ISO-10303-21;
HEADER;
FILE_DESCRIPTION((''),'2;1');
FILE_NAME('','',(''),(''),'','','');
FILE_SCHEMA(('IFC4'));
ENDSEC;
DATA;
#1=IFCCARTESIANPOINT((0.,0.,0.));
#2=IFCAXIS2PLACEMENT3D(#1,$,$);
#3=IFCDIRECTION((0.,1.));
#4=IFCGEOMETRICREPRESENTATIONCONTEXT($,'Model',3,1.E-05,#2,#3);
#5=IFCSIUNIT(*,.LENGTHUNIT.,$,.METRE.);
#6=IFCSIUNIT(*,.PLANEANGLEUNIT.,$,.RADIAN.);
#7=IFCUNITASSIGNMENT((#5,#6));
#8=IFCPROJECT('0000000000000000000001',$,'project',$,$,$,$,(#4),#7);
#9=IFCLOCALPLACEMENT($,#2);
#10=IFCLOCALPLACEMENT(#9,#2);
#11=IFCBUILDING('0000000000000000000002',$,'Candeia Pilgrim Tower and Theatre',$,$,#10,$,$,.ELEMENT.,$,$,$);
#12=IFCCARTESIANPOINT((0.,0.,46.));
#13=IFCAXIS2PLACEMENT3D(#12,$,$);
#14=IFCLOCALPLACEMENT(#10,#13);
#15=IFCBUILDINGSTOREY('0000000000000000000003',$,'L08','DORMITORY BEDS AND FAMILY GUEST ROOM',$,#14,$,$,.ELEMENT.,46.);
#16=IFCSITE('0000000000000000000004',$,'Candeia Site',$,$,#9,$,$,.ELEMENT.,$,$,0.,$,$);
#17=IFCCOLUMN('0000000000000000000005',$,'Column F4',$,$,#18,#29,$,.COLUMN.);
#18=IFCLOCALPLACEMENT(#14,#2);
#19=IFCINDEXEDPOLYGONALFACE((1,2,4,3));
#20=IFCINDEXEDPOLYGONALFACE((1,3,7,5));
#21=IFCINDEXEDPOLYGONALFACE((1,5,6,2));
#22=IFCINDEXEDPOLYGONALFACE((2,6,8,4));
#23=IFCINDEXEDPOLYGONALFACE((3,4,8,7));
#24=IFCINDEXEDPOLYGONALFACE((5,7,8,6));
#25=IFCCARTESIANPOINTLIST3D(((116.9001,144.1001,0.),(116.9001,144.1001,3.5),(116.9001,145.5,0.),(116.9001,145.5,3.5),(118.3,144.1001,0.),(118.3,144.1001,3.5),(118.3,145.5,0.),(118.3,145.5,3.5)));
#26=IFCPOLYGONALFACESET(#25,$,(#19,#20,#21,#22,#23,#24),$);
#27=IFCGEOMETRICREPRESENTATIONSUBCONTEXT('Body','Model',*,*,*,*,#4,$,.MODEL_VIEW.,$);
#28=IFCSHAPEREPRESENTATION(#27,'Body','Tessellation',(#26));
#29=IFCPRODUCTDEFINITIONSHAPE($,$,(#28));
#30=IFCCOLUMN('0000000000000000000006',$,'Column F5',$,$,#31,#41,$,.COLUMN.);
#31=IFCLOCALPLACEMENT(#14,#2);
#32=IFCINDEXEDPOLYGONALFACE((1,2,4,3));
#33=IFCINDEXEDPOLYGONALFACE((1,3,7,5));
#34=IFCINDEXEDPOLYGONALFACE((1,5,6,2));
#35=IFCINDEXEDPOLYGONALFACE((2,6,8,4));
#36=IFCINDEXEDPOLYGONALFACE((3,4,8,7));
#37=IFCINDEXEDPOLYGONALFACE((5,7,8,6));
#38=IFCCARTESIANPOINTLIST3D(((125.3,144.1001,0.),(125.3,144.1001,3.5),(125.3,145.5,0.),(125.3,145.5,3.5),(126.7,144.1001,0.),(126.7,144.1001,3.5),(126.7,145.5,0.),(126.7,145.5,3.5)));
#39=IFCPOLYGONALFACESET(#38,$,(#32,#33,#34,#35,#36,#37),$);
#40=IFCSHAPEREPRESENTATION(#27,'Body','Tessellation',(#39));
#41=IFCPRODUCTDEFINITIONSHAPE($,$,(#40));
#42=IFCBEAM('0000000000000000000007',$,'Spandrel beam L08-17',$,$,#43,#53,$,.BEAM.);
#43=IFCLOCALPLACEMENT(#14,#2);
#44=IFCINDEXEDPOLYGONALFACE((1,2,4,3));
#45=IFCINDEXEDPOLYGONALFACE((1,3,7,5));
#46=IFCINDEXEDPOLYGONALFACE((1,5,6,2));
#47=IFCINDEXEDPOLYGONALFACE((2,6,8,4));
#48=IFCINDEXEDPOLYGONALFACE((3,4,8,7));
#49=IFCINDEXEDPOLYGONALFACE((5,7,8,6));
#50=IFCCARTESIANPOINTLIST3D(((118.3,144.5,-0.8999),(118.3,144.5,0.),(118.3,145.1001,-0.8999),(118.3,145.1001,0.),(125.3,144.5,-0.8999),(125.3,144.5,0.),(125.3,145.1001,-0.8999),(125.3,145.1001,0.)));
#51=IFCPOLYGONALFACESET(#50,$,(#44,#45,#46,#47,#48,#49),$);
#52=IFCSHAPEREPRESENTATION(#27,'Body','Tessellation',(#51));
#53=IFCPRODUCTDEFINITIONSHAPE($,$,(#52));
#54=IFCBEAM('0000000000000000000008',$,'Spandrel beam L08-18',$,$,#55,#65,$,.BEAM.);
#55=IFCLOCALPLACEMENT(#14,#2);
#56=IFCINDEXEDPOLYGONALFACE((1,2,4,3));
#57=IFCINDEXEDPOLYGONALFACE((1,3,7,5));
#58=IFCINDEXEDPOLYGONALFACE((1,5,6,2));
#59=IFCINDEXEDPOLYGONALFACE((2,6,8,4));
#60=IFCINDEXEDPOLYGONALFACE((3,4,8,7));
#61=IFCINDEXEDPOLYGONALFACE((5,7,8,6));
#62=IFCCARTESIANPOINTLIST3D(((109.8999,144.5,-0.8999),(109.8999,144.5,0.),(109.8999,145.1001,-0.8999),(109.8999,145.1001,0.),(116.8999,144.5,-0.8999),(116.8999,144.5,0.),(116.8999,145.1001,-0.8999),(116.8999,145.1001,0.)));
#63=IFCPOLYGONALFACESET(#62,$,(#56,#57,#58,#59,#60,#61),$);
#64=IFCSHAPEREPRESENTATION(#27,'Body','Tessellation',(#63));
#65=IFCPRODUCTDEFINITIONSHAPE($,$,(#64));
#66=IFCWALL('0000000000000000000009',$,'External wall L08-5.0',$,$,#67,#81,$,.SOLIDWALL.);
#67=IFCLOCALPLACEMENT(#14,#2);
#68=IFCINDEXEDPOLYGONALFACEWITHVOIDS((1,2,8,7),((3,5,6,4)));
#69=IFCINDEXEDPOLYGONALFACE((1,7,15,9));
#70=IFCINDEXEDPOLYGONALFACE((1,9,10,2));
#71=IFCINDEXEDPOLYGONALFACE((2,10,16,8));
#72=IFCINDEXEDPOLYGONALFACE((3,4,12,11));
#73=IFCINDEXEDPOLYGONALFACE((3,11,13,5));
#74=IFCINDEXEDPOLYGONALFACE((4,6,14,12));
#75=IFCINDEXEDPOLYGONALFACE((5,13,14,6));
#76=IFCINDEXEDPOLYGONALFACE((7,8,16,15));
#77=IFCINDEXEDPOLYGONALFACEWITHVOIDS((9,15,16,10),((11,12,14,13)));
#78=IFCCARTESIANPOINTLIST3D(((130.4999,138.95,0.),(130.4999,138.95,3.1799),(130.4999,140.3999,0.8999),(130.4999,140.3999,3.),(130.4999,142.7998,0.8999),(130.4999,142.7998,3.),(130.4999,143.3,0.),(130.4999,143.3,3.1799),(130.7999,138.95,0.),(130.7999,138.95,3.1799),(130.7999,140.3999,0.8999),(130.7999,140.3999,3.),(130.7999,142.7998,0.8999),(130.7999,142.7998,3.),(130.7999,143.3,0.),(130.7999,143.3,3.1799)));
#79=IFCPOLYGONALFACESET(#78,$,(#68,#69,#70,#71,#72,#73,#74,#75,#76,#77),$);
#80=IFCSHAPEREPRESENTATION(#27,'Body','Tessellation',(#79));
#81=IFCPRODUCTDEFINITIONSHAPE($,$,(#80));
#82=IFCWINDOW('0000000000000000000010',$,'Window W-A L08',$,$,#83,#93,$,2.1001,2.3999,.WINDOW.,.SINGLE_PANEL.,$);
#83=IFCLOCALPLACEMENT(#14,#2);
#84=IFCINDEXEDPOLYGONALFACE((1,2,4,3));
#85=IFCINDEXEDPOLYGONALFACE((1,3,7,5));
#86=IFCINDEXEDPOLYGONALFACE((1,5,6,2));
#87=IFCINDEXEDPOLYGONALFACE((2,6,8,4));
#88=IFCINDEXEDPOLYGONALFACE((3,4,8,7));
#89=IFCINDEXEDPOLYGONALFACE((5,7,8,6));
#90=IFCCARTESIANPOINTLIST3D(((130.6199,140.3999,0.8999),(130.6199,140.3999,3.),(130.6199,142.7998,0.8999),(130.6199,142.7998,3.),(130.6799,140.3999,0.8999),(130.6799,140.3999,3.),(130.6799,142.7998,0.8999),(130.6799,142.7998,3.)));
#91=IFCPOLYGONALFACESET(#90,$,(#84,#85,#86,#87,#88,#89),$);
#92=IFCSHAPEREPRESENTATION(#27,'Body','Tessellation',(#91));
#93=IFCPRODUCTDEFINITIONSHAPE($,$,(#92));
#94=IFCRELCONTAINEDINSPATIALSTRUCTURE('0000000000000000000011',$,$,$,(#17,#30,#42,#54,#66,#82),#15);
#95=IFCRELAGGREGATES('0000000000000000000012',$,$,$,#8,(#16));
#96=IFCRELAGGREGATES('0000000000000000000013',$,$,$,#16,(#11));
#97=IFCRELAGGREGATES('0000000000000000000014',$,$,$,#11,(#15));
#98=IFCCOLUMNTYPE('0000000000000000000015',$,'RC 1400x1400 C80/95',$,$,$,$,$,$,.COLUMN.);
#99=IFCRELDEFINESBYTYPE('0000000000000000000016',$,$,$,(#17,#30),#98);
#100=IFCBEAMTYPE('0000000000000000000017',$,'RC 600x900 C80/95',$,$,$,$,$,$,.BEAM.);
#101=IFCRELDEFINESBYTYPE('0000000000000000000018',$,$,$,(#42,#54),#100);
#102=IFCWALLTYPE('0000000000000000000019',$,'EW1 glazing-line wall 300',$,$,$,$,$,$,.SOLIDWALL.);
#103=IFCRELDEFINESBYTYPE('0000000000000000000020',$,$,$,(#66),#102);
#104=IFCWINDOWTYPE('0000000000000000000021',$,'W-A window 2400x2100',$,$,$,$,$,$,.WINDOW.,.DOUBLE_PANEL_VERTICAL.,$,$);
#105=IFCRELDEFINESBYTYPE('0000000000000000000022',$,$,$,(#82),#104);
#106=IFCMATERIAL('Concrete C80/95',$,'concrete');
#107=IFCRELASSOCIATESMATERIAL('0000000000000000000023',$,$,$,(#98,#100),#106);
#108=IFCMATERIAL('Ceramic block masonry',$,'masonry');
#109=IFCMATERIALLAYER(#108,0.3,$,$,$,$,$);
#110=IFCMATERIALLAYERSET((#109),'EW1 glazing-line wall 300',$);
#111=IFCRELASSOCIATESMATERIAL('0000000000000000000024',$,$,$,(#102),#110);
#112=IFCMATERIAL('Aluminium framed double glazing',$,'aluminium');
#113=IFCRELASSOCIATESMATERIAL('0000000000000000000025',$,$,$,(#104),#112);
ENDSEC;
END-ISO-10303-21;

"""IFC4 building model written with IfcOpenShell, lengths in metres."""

from ifc_helpers import new_model, si_unit, direction, frame, frame_2d, origin, origin_2d, place, context, subcontext, project, spatial, rectangle, extrude, material, layer, layer_set, material_profile, profile_set, type_object, element, fill, save


model = new_model("IFC4")

# Units and contexts
model_context = context("Model", 3, precision=1e-05, world=origin(), true_north=direction((0.0, 1.0)))
body_context = subcontext(model_context, "Body", "Model", "MODEL_VIEW")
ifc_project = project(units=[si_unit("LENGTHUNIT", "METRE"), si_unit("PLANEANGLEUNIT", "RADIAN")], contexts=[model_context])

# Site, building, storey
site_placement = place(None, origin())
site = spatial("IfcSite", under=ifc_project, at=site_placement, Name="Candeia Site", CompositionType="ELEMENT", RefElevation=0.0)
building_placement = place(site_placement, origin())
building = spatial("IfcBuilding", under=site, at=building_placement, Name="Candeia Pilgrim Tower and Theatre", CompositionType="ELEMENT")
storey_placement = place(building_placement, frame((0.0, 0.0, 46.0)))
storey = spatial("IfcBuildingStorey", under=building, at=storey_placement, Name="L08", Description="DORMITORY BEDS AND FAMILY GUEST ROOM", CompositionType="ELEMENT", Elevation=46.0)

# Columns
ifc_material_1 = material(Name="Concrete C80/95", Category="concrete")
ifc_material_profile_1 = material_profile(ifc_material_1, rectangle(XDim=1.3999, YDim=1.3999, at=origin_2d()))
ifc_profile_set_1 = profile_set([ifc_material_profile_1], Name="Concrete C80/95")
column_type = type_object("IfcColumnType", Name="RC 1400x1400 C80/95", PredefinedType="COLUMN", material=ifc_profile_set_1)
for number, where, z_axis, x_axis, name in (
    (1, (117.6001, 144.8, 0.0), (0.0, 0.0, 1.0), (1.0, 0.0, 0.0), "Column F4"),
    (2, (126.0, 144.8, 0.0), (0.0, 0.0, 1.0), (1.0, 0.0, 0.0), "Column F5"),
):
    element("IfcColumn", number, at=place(storey_placement, frame(where, z_axis=z_axis, x_axis=x_axis)), inside=storey, type_object=column_type, Name=name, PredefinedType="COLUMN", context=body_context, shape_type="SweptSolid", body=[
        extrude(rectangle(XDim=1.3999, YDim=1.3999, at=origin_2d()), origin(), (0.0, 0.0, 1.0), 3.5),
    ])

# Beams
ifc_material_profile_2 = material_profile(ifc_material_1, rectangle(XDim=0.6001, YDim=0.8999, at=origin_2d()))
ifc_profile_set_2 = profile_set([ifc_material_profile_2], Name="Concrete C80/95")
beam_type = type_object("IfcBeamType", Name="RC 600x900 C80/95", PredefinedType="BEAM", material=ifc_profile_set_2)
for number, where, z_axis, x_axis, name in (
    (3, (125.3, 144.8, -0.45), (-1.0, 0.0, 0.0), (0.0, -1.0, 0.0), "Spandrel beam L08-17"),
    (4, (116.8999, 144.8, -0.45), (-1.0, 0.0, 0.0), (0.0, -1.0, 0.0), "Spandrel beam L08-18"),
):
    element("IfcBeam", number, at=place(storey_placement, frame(where, z_axis=z_axis, x_axis=x_axis)), inside=storey, type_object=beam_type, Name=name, PredefinedType="BEAM", context=body_context, shape_type="SweptSolid", body=[
        extrude(rectangle(XDim=0.6001, YDim=0.8999, at=origin_2d()), origin(), (0.0, 0.0, 1.0), 7.0),
    ])

# Wall, opening, window
ifc_material_2 = material(Name="Ceramic block masonry", Category="masonry")
ifc_layer_1 = layer(ifc_material_2, 0.3)
ifc_layer_set_1 = layer_set([ifc_layer_1], Name="EW1 glazing-line wall 300")
wall_type_1 = type_object("IfcWallType", Name="EW1 glazing-line wall 300", PredefinedType="SOLIDWALL", material=ifc_layer_set_1)
wall_1_placement = place(storey_placement, frame((130.6499, 138.95, 0.0), z_axis=(0.0, 0.0, 1.0), x_axis=(0.0, 1.0, 0.0)))
wall_1 = element("IfcWall", 5, at=wall_1_placement, inside=storey, type_object=wall_type_1, Name="External wall L08-5.0", PredefinedType="SOLIDWALL", context=body_context, shape_type="SweptSolid", body=[
    extrude(rectangle(XDim=4.3501, YDim=0.3, at=frame_2d((2.175, 0.0))), origin(), (0.0, 0.0, 1.0), 3.1799),
])
opening_1_placement = place(wall_1_placement, frame((1.45, 0.0, 0.8999)))
opening_1 = element("IfcOpeningElement", 6, at=opening_1_placement, cuts=wall_1, PredefinedType="OPENING", context=body_context, shape_type="SweptSolid", body=[
    extrude(rectangle(XDim=2.3999, YDim=2.1001, at=frame_2d((1.2, 1.05))), frame((0.0, 0.1602, 0.0), z_axis=(0.0, -1.0, 0.0), x_axis=(1.0, 0.0, 0.0)), (0.0, 0.0, 1.0), 0.3201),
])
ifc_material_3 = material(Name="Aluminium framed double glazing", Category="aluminium")
window_type_1 = type_object("IfcWindowType", Name="W-A window 2400x2100", PartitioningType="DOUBLE_PANEL_VERTICAL", PredefinedType="WINDOW", material=ifc_material_3)
window_1_placement = place(opening_1_placement, origin())
window_1 = element("IfcWindow", 7, at=window_1_placement, inside=storey, type_object=window_type_1, Name="Window W-A L08", OverallHeight=2.1001, OverallWidth=2.3999, PartitioningType="SINGLE_PANEL", PredefinedType="WINDOW", context=body_context, shape_type="SweptSolid", body=[
    extrude(rectangle(XDim=2.3999, YDim=2.1001, at=frame_2d((1.2, 1.05))), frame((0.0, 0.03, 0.0), z_axis=(0.0, -1.0, 0.0), x_axis=(1.0, 0.0, 0.0)), (0.0, 0.0, 1.0), 0.0601),
])
fill(opening_1, window_1)

save(model, "model.ifc")
